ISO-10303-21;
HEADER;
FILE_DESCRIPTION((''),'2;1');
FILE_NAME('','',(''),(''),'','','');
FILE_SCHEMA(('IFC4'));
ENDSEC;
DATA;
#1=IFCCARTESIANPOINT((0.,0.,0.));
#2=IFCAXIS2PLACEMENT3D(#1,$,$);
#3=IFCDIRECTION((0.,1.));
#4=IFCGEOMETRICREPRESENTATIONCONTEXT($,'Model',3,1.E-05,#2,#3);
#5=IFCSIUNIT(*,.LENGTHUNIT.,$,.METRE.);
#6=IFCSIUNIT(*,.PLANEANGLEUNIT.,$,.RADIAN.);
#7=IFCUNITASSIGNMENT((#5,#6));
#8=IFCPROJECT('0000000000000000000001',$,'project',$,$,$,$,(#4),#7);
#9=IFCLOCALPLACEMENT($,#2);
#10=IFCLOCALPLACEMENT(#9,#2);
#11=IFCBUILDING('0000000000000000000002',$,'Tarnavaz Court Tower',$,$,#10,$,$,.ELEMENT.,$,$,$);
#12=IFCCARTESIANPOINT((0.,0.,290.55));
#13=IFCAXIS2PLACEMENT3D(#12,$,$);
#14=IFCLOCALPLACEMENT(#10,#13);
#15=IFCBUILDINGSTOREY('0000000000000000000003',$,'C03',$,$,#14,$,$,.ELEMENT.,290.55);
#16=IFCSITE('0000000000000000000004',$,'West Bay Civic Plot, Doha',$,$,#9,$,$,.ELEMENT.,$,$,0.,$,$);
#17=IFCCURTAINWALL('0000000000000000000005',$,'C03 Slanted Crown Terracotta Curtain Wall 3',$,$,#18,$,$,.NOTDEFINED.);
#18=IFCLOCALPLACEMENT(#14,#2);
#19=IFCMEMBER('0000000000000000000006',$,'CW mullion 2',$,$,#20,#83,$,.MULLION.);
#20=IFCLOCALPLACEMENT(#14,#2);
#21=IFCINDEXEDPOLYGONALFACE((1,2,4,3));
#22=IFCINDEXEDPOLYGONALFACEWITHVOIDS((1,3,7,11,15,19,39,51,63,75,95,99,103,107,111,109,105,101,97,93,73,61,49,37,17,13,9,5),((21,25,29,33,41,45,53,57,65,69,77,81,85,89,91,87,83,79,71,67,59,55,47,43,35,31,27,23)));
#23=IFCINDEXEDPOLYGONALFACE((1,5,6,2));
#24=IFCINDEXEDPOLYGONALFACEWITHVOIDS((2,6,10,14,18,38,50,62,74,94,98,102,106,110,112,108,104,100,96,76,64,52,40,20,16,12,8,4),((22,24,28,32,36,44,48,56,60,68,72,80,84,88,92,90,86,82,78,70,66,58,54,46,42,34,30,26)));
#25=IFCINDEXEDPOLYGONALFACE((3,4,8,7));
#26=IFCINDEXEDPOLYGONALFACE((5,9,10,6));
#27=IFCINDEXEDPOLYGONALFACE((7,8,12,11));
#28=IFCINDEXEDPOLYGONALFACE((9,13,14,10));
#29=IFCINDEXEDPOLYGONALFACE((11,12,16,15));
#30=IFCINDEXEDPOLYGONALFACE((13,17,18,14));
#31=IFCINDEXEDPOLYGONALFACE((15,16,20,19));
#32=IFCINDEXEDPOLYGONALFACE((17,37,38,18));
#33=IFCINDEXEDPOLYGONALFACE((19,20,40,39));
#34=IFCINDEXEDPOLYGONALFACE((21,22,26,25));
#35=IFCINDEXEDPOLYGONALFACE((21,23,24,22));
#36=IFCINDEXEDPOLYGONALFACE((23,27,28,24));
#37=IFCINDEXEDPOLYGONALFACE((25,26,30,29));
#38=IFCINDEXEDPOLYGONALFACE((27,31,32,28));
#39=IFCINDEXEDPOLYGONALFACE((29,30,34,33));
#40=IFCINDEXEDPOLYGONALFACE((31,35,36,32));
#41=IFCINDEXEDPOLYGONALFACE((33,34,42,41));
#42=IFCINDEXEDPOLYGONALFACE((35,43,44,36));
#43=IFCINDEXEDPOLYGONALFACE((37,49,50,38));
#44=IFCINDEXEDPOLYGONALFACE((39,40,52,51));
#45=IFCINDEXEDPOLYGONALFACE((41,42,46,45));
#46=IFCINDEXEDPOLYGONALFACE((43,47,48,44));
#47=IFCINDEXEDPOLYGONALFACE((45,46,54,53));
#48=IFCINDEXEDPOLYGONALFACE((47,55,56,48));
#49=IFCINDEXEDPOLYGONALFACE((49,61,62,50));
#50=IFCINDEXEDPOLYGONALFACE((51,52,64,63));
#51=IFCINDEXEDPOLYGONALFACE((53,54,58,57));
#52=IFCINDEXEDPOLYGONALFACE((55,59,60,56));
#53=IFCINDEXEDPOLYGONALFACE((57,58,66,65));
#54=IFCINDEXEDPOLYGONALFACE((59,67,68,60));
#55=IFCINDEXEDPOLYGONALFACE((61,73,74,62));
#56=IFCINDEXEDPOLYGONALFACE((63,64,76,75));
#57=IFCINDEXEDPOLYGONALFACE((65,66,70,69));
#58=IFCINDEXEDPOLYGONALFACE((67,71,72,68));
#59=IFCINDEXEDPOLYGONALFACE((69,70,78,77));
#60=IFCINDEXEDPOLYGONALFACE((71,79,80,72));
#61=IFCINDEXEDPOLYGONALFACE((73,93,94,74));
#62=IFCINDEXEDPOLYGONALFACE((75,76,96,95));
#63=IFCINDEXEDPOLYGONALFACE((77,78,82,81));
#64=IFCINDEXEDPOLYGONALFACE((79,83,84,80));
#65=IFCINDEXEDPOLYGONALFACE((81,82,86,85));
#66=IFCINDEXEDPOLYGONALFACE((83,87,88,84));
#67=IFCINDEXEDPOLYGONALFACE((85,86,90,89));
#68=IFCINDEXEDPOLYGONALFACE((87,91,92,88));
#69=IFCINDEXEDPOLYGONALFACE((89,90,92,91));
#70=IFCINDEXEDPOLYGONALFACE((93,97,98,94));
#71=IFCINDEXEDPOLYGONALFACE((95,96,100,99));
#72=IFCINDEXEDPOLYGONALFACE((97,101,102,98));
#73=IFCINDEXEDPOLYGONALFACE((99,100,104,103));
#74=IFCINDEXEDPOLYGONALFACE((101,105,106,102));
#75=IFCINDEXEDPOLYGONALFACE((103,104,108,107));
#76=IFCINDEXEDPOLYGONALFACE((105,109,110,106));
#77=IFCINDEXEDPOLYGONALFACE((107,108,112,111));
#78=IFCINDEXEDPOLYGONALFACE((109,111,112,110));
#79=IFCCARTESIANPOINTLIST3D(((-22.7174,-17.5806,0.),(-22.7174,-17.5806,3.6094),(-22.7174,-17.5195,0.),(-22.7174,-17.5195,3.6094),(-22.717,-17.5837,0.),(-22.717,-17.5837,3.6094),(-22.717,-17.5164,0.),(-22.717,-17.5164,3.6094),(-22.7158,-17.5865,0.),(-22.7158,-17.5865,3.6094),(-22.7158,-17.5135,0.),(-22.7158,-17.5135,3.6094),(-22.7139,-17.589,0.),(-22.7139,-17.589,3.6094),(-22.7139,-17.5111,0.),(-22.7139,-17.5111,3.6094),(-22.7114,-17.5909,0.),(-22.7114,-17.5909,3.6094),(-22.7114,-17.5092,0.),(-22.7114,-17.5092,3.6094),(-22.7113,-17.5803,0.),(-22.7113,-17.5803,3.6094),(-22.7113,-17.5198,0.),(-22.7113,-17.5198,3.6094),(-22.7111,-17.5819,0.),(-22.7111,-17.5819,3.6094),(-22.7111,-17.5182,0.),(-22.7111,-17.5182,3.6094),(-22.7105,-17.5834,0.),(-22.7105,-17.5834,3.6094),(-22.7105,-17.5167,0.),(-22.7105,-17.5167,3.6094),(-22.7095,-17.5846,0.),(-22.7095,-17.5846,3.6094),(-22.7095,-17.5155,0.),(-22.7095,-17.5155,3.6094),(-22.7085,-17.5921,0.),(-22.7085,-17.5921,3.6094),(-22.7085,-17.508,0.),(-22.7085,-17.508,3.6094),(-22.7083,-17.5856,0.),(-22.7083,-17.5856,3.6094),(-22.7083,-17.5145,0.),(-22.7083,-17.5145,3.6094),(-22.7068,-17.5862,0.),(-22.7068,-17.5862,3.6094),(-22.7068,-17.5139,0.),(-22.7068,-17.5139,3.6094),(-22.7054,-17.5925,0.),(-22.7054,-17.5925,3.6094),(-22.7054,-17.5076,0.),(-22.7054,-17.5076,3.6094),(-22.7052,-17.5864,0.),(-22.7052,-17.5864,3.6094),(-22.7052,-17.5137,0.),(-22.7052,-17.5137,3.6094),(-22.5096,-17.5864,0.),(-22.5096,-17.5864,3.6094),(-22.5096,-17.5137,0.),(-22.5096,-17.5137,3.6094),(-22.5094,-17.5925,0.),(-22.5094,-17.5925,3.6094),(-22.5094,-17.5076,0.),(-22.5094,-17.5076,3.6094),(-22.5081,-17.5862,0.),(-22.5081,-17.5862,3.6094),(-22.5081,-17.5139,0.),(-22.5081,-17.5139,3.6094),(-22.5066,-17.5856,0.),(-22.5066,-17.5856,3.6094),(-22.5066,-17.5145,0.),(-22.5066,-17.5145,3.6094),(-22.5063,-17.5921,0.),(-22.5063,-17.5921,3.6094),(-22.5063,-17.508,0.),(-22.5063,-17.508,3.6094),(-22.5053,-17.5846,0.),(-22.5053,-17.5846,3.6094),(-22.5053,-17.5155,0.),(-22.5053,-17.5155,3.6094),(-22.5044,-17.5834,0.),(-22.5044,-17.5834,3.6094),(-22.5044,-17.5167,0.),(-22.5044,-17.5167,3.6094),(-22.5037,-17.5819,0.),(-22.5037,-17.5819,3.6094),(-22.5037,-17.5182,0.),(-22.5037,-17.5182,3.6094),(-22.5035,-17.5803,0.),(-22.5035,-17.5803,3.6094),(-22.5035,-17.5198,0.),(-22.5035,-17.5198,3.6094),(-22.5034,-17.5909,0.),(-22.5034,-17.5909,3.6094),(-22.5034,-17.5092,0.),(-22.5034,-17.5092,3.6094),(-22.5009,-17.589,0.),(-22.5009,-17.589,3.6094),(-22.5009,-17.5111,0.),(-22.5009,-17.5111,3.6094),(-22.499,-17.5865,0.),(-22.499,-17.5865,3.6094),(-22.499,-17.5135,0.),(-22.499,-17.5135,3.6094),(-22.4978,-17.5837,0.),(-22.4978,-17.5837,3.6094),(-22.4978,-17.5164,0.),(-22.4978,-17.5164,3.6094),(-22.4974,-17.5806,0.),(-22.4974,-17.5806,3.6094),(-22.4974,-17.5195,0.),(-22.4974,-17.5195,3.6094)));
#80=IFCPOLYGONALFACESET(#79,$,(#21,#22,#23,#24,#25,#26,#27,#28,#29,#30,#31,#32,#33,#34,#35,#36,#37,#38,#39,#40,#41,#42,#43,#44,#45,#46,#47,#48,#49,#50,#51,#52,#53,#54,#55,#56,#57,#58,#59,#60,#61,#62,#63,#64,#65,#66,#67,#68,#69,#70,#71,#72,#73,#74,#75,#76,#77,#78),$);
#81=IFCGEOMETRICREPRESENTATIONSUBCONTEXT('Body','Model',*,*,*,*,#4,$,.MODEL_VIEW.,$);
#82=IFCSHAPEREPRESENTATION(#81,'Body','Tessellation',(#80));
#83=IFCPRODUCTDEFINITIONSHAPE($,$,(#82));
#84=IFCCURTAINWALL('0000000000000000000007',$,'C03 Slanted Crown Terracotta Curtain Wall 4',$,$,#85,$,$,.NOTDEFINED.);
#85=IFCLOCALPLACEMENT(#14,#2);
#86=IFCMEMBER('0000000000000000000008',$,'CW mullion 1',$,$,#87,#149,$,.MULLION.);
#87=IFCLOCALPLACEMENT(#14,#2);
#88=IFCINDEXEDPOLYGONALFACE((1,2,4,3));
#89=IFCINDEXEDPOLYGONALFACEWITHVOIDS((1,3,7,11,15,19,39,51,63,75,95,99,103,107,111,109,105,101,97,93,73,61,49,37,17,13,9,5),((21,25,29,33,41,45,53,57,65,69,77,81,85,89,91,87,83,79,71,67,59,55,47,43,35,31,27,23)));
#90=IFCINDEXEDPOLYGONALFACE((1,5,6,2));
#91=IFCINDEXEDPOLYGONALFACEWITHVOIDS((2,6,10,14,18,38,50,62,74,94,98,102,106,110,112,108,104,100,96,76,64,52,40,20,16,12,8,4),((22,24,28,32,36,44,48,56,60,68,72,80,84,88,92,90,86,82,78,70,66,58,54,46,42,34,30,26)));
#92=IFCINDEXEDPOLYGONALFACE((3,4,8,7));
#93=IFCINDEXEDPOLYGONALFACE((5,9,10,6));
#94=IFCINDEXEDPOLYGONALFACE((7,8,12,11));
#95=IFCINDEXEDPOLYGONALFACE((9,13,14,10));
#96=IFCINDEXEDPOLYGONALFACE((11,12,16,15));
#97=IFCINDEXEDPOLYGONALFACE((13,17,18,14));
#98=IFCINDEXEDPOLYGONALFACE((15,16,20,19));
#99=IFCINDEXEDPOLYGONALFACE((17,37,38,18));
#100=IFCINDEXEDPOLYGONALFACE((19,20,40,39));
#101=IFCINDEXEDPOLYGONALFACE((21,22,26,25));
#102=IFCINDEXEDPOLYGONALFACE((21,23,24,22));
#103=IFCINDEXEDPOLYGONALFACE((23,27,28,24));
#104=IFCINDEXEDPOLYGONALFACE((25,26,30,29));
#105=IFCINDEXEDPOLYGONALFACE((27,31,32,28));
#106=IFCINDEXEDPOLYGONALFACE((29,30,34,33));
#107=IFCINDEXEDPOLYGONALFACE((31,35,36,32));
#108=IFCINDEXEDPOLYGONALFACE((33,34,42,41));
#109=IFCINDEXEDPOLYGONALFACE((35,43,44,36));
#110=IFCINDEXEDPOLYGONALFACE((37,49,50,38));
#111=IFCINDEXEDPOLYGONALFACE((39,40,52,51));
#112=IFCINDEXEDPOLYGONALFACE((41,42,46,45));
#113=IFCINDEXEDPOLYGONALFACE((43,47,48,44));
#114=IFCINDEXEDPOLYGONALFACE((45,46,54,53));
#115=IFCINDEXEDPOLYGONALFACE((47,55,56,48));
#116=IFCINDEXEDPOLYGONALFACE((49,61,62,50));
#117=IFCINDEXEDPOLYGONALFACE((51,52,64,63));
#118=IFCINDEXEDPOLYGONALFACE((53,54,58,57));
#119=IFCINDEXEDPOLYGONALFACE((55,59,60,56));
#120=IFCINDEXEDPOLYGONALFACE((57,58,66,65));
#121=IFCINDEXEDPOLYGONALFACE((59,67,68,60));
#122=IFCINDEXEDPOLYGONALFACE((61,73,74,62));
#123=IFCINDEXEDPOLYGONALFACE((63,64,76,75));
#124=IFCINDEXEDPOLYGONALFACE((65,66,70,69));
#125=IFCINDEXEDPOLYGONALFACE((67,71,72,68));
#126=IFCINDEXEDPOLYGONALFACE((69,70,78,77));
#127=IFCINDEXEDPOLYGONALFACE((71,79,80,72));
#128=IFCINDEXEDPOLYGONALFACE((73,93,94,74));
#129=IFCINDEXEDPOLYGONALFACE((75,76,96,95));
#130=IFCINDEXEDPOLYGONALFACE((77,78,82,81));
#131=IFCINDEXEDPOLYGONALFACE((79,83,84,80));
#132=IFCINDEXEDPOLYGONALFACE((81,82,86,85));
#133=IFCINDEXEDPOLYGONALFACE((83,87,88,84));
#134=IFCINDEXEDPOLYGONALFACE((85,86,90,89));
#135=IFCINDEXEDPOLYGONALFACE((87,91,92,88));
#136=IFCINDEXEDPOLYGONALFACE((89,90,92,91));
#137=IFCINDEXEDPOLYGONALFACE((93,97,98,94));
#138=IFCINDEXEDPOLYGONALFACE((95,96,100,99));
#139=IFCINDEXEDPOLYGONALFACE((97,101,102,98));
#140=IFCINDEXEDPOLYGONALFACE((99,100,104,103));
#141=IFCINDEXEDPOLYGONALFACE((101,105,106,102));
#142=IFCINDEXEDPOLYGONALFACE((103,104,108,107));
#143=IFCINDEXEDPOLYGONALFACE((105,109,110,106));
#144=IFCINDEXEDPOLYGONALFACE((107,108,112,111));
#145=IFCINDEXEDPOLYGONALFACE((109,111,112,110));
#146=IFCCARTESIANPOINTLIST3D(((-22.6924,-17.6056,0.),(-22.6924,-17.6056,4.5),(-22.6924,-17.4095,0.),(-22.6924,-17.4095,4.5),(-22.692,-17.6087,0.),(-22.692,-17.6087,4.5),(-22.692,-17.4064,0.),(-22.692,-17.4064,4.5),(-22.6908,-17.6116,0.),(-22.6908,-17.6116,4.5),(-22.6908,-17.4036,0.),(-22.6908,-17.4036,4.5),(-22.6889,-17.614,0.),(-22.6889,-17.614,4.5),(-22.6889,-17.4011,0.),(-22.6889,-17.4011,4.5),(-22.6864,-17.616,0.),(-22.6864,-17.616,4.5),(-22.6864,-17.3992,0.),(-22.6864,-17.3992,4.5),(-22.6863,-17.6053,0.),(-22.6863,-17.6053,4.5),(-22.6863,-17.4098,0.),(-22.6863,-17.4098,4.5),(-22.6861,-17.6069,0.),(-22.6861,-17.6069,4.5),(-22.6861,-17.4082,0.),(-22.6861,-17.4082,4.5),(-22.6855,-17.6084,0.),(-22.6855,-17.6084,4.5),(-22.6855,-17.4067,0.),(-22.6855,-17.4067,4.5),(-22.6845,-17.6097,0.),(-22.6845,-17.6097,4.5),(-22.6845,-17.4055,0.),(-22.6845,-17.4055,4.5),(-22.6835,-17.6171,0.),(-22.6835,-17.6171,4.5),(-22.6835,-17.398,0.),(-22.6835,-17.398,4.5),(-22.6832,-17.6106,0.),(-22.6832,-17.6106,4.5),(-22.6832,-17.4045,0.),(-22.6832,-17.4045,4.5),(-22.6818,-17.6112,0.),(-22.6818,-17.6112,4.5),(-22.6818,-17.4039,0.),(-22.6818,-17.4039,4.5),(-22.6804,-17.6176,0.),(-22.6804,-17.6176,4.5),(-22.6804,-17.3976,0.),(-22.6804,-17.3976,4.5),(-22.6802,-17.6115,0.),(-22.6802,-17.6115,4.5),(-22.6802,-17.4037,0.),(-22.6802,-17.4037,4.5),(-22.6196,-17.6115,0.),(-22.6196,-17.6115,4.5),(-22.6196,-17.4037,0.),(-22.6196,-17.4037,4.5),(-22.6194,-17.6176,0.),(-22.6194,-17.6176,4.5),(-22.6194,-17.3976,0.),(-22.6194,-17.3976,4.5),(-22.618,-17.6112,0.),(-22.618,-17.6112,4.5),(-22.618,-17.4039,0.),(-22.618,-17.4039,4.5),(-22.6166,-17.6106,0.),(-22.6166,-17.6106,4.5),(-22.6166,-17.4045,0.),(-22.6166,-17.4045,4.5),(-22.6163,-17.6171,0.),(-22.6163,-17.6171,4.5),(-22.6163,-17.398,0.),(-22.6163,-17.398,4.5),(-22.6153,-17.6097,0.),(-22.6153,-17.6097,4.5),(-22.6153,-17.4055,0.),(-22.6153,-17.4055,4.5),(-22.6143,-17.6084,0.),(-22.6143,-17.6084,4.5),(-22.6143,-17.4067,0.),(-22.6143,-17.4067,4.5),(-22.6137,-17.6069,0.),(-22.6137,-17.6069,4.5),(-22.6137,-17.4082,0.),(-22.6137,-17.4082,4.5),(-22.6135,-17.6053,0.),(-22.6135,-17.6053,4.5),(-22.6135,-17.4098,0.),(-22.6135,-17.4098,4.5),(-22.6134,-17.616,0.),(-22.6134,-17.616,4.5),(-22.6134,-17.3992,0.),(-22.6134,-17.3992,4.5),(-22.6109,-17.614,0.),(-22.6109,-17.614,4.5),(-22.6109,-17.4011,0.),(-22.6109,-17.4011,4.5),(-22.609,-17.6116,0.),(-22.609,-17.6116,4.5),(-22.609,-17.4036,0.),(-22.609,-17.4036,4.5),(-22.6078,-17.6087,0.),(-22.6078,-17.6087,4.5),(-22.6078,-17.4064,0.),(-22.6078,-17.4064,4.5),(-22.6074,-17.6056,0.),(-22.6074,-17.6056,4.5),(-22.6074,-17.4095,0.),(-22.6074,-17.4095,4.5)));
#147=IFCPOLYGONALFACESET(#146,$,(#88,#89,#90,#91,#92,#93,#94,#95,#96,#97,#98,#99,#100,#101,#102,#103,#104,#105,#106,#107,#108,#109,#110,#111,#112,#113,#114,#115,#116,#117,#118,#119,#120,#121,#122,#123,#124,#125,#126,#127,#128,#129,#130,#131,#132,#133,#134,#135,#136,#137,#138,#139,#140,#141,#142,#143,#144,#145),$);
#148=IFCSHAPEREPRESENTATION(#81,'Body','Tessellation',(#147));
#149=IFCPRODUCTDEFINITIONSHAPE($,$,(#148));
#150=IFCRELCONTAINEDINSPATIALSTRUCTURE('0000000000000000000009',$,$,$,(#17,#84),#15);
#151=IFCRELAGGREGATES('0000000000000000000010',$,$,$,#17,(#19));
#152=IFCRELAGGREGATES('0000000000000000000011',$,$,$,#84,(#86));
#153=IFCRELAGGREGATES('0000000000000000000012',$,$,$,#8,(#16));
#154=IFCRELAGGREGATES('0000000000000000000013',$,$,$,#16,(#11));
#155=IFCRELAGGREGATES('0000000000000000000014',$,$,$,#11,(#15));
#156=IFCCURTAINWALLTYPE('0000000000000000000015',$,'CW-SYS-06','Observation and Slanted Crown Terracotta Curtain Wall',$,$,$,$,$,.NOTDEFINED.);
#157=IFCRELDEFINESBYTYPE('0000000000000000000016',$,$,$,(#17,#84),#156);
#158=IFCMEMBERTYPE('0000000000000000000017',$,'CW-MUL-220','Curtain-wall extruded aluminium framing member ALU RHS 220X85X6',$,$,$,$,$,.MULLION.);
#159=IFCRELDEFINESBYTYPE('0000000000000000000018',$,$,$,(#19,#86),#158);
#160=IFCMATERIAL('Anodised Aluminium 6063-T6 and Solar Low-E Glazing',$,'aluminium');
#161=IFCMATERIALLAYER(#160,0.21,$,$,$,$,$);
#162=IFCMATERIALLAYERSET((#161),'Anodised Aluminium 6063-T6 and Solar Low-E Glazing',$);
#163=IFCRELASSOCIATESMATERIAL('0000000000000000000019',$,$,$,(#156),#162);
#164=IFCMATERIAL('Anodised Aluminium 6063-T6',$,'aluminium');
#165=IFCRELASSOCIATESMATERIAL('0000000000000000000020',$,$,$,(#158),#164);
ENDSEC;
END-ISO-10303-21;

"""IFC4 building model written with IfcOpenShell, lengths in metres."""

from ifc_helpers import new_model, si_unit, direction, frame, origin, origin_2d, place, context, subcontext, project, spatial, hollow_rectangle, extrude, material, layer, layer_set, material_profile, profile_set, type_object, element, aggregate, save


model = new_model("IFC4")

# Units and contexts
model_context = context("Model", 3, precision=1e-05, world=origin(), true_north=direction((0.0, 1.0)))
body_context = subcontext(model_context, "Body", "Model", "MODEL_VIEW")
ifc_project = project(units=[si_unit("LENGTHUNIT", "METRE"), si_unit("PLANEANGLEUNIT", "RADIAN")], contexts=[model_context])

# Site, building, storey
site_placement = place(None, origin())
site = spatial("IfcSite", under=ifc_project, at=site_placement, Name="West Bay Civic Plot, Doha", CompositionType="ELEMENT", RefElevation=0.0)
building_placement = place(site_placement, origin())
building = spatial("IfcBuilding", under=site, at=building_placement, Name="Tarnavaz Court Tower", CompositionType="ELEMENT")
storey_placement = place(building_placement, frame((0.0, 0.0, 290.55)))
storey = spatial("IfcBuildingStorey", under=building, at=storey_placement, Name="C03", CompositionType="ELEMENT", Elevation=290.55)

# Curtain walls, members
ifc_material_1 = material(Name="Anodised Aluminium 6063-T6 and Solar Low-E Glazing", Category="aluminium")
ifc_layer_1 = layer(ifc_material_1, 0.21)
ifc_layer_set_1 = layer_set([ifc_layer_1], Name="Anodised Aluminium 6063-T6 and Solar Low-E Glazing")
curtain_wall_type = type_object("IfcCurtainWallType", Name="CW-SYS-06", Description="Observation and Slanted Crown Terracotta Curtain Wall", PredefinedType="NOTDEFINED", material=ifc_layer_set_1)
ifc_material_2 = material(Name="Anodised Aluminium 6063-T6", Category="aluminium")
ifc_material_profile_1 = material_profile(ifc_material_2, hollow_rectangle(XDim=0.085, YDim=0.22, WallThickness=0.0061, InnerFilletRadius=0.0061, OuterFilletRadius=0.012, at=origin_2d()), Name="ALU RHS 220X85X6")
ifc_profile_set_1 = profile_set([ifc_material_profile_1], Name="Anodised Aluminium 6063-T6")
member_type_1 = type_object("IfcMemberType", Name="CW-MUL-220", Description="Curtain-wall extruded aluminium framing member ALU RHS 220X85X6", PredefinedType="MULLION", material=ifc_profile_set_1)
curtain_wall_1_placement = place(storey_placement, origin())
curtain_wall_1 = element("IfcCurtainWall", 1, at=curtain_wall_1_placement, inside=storey, type_object=curtain_wall_type, Name="C03 Slanted Crown Terracotta Curtain Wall 3", PredefinedType="NOTDEFINED")
member_1_placement = place(storey_placement, frame((-22.6074, -17.55, 0.0), z_axis=(0.0, 0.0, 1.0), x_axis=(0.0, -1.0, 0.0)))
member_1 = element("IfcMember", 2, at=member_1_placement, type_object=member_type_1, Name="CW mullion 2", PredefinedType="MULLION", context=body_context, shape_type="SweptSolid", body=[
    extrude(hollow_rectangle(XDim=0.085, YDim=0.22, WallThickness=0.0061, InnerFilletRadius=0.0061, OuterFilletRadius=0.012, at=origin_2d()), origin(), (0.0, 0.0, 1.0), 3.6094),
])
curtain_wall_2_placement = place(storey_placement, origin())
curtain_wall_2 = element("IfcCurtainWall", 3, at=curtain_wall_2_placement, inside=storey, type_object=curtain_wall_type, Name="C03 Slanted Crown Terracotta Curtain Wall 4", PredefinedType="NOTDEFINED")
member_2_placement = place(storey_placement, frame((-22.6499, -17.5076, 0.0), z_axis=(0.0, 0.0, 1.0), x_axis=(-1.0, 0.0, 0.0)))
member_2 = element("IfcMember", 4, at=member_2_placement, type_object=member_type_1, Name="CW mullion 1", PredefinedType="MULLION", context=body_context, shape_type="SweptSolid", body=[
    extrude(hollow_rectangle(XDim=0.085, YDim=0.22, WallThickness=0.0061, InnerFilletRadius=0.0061, OuterFilletRadius=0.012, at=origin_2d()), origin(), (0.0, 0.0, 1.0), 4.5),
])

aggregate(curtain_wall_1, [member_1])
aggregate(curtain_wall_2, [member_2])

save(model, "model.ifc")
